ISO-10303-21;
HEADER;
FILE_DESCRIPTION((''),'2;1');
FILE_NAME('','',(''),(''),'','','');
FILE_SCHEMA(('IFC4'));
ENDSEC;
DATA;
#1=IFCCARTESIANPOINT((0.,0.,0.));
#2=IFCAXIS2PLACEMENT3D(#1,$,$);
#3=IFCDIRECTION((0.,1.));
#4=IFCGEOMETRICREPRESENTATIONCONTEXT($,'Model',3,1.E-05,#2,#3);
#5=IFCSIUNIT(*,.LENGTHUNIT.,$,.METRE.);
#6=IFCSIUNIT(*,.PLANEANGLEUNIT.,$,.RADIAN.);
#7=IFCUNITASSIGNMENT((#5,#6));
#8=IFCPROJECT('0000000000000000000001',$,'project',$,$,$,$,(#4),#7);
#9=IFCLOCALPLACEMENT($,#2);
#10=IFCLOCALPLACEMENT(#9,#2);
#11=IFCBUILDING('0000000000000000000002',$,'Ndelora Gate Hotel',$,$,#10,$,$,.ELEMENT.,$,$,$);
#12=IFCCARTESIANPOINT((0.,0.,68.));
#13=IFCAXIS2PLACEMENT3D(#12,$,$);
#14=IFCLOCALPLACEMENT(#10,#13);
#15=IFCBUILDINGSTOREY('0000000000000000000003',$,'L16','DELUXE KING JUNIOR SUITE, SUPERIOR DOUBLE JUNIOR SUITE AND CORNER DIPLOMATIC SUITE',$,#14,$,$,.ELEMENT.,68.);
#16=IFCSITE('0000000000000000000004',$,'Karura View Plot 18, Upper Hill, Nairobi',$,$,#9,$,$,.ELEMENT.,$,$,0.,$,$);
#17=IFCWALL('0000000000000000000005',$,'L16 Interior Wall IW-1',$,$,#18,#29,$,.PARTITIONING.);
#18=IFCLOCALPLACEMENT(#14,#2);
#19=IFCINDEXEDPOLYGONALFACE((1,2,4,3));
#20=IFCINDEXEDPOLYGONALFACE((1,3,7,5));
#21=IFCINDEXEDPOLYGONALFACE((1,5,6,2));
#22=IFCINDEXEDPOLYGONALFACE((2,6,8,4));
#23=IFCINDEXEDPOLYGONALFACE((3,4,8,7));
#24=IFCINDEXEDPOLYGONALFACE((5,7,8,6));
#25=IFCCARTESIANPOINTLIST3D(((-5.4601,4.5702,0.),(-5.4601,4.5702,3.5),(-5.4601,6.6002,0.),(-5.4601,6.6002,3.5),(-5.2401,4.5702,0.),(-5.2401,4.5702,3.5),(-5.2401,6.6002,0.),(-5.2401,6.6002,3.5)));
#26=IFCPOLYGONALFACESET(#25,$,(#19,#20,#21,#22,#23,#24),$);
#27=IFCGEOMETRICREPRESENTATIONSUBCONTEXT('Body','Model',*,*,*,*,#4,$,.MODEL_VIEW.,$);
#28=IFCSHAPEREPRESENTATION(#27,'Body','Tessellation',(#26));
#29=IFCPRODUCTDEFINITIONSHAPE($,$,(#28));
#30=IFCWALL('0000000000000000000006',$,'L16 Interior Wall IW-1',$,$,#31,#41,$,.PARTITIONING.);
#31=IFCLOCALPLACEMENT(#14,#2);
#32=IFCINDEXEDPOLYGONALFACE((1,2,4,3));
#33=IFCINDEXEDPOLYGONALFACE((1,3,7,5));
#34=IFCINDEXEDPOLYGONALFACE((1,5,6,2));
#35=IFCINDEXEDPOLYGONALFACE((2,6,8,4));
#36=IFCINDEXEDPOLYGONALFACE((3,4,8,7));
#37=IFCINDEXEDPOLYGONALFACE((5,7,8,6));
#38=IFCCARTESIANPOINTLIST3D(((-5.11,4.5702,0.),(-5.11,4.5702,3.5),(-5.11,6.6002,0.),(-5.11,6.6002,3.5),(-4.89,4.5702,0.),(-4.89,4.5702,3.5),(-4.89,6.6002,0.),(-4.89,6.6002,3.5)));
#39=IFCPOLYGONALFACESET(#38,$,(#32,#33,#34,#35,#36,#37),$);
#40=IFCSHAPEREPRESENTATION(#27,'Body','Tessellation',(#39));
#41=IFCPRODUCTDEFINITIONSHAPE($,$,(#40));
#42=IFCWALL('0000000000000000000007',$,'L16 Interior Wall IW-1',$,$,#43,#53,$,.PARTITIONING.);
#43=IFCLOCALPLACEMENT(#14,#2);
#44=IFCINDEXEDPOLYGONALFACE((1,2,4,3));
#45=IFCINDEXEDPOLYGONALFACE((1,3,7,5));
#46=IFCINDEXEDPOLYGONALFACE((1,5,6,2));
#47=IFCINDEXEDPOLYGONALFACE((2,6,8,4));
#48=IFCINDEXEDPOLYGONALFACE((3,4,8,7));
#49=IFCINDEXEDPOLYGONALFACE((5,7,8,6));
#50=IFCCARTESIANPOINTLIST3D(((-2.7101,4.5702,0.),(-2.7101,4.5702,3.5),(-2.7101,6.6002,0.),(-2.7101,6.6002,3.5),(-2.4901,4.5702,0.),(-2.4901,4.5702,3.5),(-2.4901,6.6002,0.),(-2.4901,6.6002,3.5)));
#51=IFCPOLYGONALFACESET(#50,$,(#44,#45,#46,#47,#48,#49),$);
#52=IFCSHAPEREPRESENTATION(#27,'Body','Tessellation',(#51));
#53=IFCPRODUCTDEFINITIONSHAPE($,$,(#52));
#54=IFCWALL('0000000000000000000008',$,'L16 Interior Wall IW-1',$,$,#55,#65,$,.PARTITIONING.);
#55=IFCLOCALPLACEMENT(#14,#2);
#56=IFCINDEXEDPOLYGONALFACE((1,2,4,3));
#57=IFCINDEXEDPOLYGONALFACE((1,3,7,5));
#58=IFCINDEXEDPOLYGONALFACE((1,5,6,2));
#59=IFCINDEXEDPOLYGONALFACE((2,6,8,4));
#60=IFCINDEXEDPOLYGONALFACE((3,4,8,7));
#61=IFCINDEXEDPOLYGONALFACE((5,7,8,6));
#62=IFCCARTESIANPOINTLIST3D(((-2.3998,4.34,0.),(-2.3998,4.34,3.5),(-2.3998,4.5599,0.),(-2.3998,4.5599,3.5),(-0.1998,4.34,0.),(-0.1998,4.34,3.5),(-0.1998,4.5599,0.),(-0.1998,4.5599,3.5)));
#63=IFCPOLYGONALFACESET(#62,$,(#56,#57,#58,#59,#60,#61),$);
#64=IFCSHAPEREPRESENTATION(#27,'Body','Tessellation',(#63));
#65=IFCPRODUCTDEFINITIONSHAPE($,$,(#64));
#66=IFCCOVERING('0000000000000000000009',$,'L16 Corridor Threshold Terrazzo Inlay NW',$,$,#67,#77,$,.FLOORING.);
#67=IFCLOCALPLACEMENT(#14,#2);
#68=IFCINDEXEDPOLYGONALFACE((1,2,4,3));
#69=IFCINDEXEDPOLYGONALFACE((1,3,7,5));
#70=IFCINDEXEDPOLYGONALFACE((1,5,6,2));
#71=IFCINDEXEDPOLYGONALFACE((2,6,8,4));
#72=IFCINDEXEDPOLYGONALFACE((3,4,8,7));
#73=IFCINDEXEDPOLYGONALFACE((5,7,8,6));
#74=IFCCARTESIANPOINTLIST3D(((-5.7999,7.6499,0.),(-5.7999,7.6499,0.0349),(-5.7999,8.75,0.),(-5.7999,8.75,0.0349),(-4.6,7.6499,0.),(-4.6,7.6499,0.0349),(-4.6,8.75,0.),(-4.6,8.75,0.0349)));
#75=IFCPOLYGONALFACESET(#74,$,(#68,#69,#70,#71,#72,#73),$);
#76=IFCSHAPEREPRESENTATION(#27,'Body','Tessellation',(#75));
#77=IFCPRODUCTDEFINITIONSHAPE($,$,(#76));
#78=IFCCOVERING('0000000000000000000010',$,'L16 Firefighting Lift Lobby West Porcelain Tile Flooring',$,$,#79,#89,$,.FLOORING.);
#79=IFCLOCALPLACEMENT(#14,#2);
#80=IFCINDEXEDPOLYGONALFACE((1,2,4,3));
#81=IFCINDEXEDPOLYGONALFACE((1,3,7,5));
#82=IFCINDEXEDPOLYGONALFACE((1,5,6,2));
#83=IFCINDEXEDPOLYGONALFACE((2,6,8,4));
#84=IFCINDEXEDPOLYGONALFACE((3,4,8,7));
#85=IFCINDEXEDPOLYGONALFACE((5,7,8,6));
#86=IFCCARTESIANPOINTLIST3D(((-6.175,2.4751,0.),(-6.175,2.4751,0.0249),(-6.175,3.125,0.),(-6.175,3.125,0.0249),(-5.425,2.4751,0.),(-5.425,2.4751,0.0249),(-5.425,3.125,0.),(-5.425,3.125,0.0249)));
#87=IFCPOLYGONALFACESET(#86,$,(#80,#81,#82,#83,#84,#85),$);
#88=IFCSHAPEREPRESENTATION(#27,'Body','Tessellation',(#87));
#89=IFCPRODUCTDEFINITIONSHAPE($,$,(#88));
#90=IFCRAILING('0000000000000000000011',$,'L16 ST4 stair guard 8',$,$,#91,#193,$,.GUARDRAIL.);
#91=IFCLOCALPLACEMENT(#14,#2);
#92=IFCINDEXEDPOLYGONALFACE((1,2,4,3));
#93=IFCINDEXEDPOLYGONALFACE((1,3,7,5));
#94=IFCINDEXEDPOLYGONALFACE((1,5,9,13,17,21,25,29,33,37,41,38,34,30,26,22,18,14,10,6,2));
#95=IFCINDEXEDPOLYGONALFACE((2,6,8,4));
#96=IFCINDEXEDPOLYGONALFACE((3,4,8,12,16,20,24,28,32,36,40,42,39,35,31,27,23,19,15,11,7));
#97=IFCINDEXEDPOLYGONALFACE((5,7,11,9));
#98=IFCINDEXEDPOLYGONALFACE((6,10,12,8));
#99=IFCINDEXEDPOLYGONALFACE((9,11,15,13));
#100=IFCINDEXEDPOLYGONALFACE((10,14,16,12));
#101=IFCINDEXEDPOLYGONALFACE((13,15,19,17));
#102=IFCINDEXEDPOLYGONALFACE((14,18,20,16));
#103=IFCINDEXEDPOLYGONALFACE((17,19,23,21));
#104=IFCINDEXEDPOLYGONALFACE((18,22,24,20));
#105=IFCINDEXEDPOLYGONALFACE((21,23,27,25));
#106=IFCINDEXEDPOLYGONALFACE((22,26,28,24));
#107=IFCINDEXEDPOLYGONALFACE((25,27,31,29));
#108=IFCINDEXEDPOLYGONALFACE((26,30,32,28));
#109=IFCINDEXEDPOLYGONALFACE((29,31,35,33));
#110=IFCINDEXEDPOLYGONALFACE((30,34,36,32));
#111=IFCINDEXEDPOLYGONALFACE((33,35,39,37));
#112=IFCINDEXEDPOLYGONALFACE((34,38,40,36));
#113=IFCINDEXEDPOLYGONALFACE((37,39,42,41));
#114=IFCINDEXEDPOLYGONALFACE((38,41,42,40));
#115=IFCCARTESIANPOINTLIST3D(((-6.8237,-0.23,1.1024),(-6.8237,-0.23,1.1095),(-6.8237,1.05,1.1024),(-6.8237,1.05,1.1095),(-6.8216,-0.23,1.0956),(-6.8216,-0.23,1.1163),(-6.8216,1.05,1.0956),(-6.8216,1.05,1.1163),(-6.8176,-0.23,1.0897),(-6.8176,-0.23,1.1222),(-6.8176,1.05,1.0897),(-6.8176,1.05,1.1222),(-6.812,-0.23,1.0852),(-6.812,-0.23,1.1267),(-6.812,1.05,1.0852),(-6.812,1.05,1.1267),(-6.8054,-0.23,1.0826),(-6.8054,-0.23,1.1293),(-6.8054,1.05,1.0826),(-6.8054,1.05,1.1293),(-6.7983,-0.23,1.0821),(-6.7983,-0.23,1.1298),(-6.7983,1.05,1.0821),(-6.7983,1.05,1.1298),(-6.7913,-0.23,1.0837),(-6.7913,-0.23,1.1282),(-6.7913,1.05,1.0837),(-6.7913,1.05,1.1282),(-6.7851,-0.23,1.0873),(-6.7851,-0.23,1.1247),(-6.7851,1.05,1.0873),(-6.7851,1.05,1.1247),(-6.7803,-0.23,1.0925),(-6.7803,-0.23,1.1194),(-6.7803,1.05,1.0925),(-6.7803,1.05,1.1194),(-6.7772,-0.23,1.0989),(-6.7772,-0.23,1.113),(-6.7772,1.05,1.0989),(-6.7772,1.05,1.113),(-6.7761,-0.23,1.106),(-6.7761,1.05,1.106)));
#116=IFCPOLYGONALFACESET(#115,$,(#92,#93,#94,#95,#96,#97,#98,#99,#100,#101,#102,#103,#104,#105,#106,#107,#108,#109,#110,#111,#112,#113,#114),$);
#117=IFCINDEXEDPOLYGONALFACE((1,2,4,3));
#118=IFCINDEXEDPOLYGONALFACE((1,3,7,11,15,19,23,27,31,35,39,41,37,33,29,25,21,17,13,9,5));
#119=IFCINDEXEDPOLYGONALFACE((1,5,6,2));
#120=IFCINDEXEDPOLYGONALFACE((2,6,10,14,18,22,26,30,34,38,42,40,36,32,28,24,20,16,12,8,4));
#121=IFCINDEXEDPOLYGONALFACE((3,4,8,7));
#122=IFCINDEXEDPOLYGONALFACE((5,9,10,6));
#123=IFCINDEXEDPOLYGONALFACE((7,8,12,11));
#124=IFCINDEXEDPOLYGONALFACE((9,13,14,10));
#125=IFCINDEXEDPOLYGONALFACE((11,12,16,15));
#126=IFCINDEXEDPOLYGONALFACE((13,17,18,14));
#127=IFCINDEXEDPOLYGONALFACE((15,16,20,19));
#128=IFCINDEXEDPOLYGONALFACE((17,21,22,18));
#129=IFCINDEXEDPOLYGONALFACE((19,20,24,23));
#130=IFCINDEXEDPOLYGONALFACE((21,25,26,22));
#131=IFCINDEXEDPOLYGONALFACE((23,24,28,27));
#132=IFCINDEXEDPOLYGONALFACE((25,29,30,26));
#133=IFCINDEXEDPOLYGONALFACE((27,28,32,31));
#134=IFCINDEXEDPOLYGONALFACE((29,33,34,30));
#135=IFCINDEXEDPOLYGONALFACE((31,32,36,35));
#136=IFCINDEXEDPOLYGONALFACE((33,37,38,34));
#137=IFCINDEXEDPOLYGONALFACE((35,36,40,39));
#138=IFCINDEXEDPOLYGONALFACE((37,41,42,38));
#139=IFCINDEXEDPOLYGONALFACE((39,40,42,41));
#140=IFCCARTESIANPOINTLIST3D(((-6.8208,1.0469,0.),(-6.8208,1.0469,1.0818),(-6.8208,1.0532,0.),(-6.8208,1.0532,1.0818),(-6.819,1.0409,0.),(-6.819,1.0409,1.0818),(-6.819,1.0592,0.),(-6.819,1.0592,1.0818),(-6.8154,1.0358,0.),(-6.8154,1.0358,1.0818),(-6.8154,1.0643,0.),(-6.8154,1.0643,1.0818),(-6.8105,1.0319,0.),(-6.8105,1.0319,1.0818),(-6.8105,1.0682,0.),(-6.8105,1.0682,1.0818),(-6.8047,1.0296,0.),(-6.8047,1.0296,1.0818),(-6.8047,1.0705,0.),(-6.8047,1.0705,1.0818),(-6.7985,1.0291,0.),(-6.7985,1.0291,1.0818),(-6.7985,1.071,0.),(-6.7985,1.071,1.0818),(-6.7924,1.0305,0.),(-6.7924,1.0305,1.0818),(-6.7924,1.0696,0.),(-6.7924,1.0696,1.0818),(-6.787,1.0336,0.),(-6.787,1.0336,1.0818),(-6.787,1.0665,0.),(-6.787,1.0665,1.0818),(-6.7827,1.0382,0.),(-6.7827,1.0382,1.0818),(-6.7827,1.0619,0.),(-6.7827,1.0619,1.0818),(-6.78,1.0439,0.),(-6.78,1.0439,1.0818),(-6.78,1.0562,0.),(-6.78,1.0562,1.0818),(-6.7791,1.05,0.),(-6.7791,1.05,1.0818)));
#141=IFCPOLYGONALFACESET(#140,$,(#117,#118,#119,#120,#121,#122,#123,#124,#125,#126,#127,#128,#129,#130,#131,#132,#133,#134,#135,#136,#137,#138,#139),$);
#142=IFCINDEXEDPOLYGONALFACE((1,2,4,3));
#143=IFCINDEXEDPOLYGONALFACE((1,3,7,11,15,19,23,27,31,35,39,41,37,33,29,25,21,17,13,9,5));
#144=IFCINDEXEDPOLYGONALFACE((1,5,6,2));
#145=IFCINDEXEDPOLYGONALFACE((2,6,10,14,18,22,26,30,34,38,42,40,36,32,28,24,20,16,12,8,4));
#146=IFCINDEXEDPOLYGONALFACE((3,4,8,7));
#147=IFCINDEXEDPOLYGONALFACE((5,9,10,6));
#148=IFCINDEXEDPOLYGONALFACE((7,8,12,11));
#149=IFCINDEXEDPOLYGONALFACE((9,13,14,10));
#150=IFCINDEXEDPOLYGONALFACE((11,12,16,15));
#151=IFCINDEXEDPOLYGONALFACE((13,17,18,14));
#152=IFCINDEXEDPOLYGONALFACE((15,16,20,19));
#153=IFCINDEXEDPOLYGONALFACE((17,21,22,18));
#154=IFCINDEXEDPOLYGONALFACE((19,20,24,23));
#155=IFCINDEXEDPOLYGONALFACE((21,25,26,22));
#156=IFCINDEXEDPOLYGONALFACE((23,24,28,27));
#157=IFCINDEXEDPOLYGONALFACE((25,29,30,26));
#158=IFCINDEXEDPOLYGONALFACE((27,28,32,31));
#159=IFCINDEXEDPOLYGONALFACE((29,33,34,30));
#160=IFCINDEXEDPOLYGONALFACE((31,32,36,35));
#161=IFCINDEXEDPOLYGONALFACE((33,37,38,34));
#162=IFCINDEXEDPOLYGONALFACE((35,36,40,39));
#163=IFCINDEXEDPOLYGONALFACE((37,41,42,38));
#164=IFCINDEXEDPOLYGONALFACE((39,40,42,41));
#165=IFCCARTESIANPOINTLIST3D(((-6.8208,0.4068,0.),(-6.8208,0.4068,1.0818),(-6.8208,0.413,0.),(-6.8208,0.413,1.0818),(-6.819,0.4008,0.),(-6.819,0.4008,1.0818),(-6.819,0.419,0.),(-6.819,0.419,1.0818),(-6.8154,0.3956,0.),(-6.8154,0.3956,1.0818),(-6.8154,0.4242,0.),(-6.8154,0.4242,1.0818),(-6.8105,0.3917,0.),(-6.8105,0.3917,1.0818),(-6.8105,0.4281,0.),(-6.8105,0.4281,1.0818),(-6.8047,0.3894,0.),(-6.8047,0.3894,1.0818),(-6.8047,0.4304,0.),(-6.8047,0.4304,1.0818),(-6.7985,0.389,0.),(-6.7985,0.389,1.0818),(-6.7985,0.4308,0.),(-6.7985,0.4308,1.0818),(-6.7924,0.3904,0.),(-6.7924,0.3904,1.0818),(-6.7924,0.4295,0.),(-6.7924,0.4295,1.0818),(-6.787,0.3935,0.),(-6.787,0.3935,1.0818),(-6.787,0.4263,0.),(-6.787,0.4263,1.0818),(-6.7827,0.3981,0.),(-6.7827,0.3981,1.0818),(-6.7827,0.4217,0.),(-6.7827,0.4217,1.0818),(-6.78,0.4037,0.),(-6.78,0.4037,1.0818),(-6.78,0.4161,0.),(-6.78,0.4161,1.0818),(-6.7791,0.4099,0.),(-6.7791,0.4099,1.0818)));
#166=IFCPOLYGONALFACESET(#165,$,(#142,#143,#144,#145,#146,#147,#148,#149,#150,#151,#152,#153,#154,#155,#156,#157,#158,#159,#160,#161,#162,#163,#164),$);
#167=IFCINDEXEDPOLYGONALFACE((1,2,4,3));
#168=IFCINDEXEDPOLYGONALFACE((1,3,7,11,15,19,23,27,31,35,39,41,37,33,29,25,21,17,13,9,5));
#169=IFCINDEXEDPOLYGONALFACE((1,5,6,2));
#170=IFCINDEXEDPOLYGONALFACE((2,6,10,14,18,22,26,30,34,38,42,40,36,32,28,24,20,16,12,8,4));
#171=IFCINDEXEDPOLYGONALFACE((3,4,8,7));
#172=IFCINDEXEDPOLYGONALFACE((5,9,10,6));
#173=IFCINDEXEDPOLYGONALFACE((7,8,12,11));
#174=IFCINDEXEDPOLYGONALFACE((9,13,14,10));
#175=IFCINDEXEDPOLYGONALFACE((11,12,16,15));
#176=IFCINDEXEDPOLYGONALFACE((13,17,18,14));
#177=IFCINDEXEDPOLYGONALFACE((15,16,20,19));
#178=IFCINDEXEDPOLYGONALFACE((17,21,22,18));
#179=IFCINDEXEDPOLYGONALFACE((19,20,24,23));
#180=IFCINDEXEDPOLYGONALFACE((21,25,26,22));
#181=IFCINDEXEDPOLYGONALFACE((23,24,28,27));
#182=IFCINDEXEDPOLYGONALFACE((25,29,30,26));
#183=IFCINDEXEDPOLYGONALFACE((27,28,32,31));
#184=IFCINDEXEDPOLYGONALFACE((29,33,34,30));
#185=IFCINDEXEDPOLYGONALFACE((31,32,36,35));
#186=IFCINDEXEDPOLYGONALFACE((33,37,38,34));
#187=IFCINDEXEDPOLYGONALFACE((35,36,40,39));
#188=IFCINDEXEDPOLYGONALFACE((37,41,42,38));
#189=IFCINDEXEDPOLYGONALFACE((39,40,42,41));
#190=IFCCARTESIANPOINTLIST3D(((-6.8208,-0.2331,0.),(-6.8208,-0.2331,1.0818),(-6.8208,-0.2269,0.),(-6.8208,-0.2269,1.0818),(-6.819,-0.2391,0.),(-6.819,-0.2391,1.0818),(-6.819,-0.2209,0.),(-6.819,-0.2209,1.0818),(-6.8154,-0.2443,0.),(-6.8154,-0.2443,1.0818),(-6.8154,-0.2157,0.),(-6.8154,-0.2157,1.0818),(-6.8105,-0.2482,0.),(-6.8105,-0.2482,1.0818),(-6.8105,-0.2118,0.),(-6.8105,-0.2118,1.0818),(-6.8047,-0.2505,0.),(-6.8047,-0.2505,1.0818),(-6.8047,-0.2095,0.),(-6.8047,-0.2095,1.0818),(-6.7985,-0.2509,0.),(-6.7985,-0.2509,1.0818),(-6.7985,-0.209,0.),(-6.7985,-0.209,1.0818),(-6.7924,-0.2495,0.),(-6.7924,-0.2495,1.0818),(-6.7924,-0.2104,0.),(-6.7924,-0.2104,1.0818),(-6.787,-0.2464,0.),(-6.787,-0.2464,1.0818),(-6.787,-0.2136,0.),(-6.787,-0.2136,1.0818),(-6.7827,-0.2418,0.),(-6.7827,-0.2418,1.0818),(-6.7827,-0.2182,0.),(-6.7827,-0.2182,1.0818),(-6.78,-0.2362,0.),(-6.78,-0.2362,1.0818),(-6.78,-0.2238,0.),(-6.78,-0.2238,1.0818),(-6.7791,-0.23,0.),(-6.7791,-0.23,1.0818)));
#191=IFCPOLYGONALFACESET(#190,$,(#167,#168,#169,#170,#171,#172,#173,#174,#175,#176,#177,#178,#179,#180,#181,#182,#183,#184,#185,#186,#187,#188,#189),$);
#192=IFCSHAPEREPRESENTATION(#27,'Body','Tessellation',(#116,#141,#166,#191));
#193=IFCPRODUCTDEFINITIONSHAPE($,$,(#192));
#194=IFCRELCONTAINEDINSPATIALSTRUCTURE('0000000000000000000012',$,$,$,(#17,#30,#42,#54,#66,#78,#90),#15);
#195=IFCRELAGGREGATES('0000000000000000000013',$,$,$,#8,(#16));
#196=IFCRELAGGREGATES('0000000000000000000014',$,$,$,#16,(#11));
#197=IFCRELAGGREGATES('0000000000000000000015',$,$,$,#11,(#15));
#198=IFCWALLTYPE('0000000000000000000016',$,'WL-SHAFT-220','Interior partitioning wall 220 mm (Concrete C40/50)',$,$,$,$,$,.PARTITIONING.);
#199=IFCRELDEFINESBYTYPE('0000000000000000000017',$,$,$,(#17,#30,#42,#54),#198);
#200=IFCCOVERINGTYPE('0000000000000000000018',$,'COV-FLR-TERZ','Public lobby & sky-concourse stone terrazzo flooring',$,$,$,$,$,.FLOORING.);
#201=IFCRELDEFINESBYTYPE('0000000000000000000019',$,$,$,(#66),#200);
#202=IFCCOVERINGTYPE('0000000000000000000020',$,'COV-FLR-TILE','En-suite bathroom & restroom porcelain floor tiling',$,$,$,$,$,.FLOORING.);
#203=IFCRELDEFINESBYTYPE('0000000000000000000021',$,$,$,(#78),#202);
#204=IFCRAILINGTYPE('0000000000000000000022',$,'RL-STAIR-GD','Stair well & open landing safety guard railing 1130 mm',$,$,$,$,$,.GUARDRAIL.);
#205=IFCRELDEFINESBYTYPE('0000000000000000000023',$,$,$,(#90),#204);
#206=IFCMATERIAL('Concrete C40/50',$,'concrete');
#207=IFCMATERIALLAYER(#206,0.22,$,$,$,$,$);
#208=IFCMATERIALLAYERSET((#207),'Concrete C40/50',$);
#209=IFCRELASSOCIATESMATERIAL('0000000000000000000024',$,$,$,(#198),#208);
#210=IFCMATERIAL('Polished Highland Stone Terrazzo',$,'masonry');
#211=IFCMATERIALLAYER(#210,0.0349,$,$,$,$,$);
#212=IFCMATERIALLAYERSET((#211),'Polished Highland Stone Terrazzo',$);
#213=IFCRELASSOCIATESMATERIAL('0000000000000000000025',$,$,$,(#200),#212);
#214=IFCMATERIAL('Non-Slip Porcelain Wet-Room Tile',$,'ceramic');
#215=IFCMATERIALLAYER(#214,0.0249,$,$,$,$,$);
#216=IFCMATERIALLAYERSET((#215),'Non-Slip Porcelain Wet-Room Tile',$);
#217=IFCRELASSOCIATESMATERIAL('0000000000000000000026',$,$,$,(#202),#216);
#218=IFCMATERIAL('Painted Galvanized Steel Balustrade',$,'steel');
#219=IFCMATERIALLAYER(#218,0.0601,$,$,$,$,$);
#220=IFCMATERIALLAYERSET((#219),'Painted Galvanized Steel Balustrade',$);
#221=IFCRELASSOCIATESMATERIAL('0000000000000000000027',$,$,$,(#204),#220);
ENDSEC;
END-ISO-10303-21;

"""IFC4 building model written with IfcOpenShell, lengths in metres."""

from ifc_helpers import new_model, si_unit, direction, frame, frame_2d, origin, origin_2d, place, context, subcontext, project, spatial, rectangle, circle, extrude, material, layer, layer_set, type_object, element, save


model = new_model("IFC4")

# Units and contexts
model_context = context("Model", 3, precision=1e-05, world=origin(), true_north=direction((0.0, 1.0)))
body_context = subcontext(model_context, "Body", "Model", "MODEL_VIEW")
ifc_project = project(units=[si_unit("LENGTHUNIT", "METRE"), si_unit("PLANEANGLEUNIT", "RADIAN")], contexts=[model_context])

# Site, building, storey
site_placement = place(None, origin())
site = spatial("IfcSite", under=ifc_project, at=site_placement, Name="Karura View Plot 18, Upper Hill, Nairobi", CompositionType="ELEMENT", RefElevation=0.0)
building_placement = place(site_placement, origin())
building = spatial("IfcBuilding", under=site, at=building_placement, Name="Ndelora Gate Hotel", CompositionType="ELEMENT")
storey_placement = place(building_placement, frame((0.0, 0.0, 68.0)))
storey = spatial("IfcBuildingStorey", under=building, at=storey_placement, Name="L16", Description="DELUXE KING JUNIOR SUITE, SUPERIOR DOUBLE JUNIOR SUITE AND CORNER DIPLOMATIC SUITE", CompositionType="ELEMENT", Elevation=68.0)

# Shared definitions
ifc_material_1 = material(Name="Concrete C40/50", Category="concrete")

# Wall
ifc_layer_1 = layer(ifc_material_1, 0.22)
ifc_layer_set_1 = layer_set([ifc_layer_1], Name="Concrete C40/50")
wall_type_1 = type_object("IfcWallType", Name="WL-SHAFT-220", Description="Interior partitioning wall 220 mm (Concrete C40/50)", PredefinedType="PARTITIONING", material=ifc_layer_set_1)
wall_1_placement = place(storey_placement, frame((-5.3501, 4.5701, 0.0), z_axis=(0.0, 0.0, 1.0), x_axis=(0.0, 1.0, 0.0)))
element("IfcWall", 1, at=wall_1_placement, inside=storey, type_object=wall_type_1, Name="L16 Interior Wall IW-1", PredefinedType="PARTITIONING", context=body_context, shape_type="SweptSolid", body=[
    extrude(rectangle(XDim=2.03, YDim=0.22, at=frame_2d((1.0151, 0.0))), origin(), (0.0, 0.0, 1.0), 3.5),
])

# Walls
for number, where, z_axis, x_axis, name in (
    (2, (-5.0, 4.5701, 0.0), (0.0, 0.0, 1.0), (0.0, 1.0, 0.0), "L16 Interior Wall IW-1"),
    (3, (-2.6001, 4.5701, 0.0), (0.0, 0.0, 1.0), (0.0, 1.0, 0.0), "L16 Interior Wall IW-1"),
):
    element("IfcWall", number, at=place(storey_placement, frame(where, z_axis=z_axis, x_axis=x_axis)), inside=storey, type_object=wall_type_1, Name=name, PredefinedType="PARTITIONING", context=body_context, shape_type="SweptSolid", body=[
        extrude(rectangle(XDim=2.03, YDim=0.22, at=frame_2d((1.0151, 0.0))), origin(), (0.0, 0.0, 1.0), 3.5),
    ])
wall_2_placement = place(storey_placement, frame((-2.3999, 4.45, 0.0), z_axis=(0.0, 0.0, 1.0), x_axis=(1.0, 0.0, 0.0)))
element("IfcWall", 4, at=wall_2_placement, inside=storey, type_object=wall_type_1, Name="L16 Interior Wall IW-1", PredefinedType="PARTITIONING", context=body_context, shape_type="SweptSolid", body=[
    extrude(rectangle(XDim=2.2, YDim=0.22, at=frame_2d((1.1001, 0.0))), origin(), (0.0, 0.0, 1.0), 3.5),
])

# Coverings
ifc_material_2 = material(Name="Polished Highland Stone Terrazzo", Category="masonry")
ifc_layer_2 = layer(ifc_material_2, 0.0349)
ifc_layer_set_2 = layer_set([ifc_layer_2], Name="Polished Highland Stone Terrazzo")
covering_type_1 = type_object("IfcCoveringType", Name="COV-FLR-TERZ", Description="Public lobby & sky-concourse stone terrazzo flooring", PredefinedType="FLOORING", material=ifc_layer_set_2)
covering_1_placement = place(storey_placement, frame((-5.2, 8.2, 0.0), z_axis=(0.0, 0.0, 1.0), x_axis=(1.0, 0.0, 0.0)))
element("IfcCovering", 5, at=covering_1_placement, inside=storey, type_object=covering_type_1, Name="L16 Corridor Threshold Terrazzo Inlay NW", PredefinedType="FLOORING", context=body_context, shape_type="SweptSolid", body=[
    extrude(rectangle(XDim=1.2, YDim=1.1001, at=origin_2d()), origin(), (0.0, 0.0, 1.0), 0.0349),
])
ifc_material_3 = material(Name="Non-Slip Porcelain Wet-Room Tile", Category="ceramic")
ifc_layer_3 = layer(ifc_material_3, 0.0249)
ifc_layer_set_3 = layer_set([ifc_layer_3], Name="Non-Slip Porcelain Wet-Room Tile")
covering_type_2 = type_object("IfcCoveringType", Name="COV-FLR-TILE", Description="En-suite bathroom & restroom porcelain floor tiling", PredefinedType="FLOORING", material=ifc_layer_set_3)
covering_2_placement = place(storey_placement, frame((-5.8, 2.8, 0.0), z_axis=(0.0, 0.0, 1.0), x_axis=(1.0, 0.0, 0.0)))
element("IfcCovering", 6, at=covering_2_placement, inside=storey, type_object=covering_type_2, Name="L16 Firefighting Lift Lobby West Porcelain Tile Flooring", PredefinedType="FLOORING", context=body_context, shape_type="SweptSolid", body=[
    extrude(rectangle(XDim=0.75, YDim=0.6499, at=origin_2d()), origin(), (0.0, 0.0, 1.0), 0.0249),
])

# Railing
ifc_material_4 = material(Name="Painted Galvanized Steel Balustrade", Category="steel")
ifc_layer_4 = layer(ifc_material_4, 0.0601)
ifc_layer_set_4 = layer_set([ifc_layer_4], Name="Painted Galvanized Steel Balustrade")
railing_type = type_object("IfcRailingType", Name="RL-STAIR-GD", Description="Stair well & open landing safety guard railing 1130 mm", PredefinedType="GUARDRAIL", material=ifc_layer_set_4)
for number, where, name in (
    (7, (-6.8, 1.05, 0.0), "L16 ST4 stair guard 8"),
):
    element("IfcRailing", number, at=place(storey_placement, frame(where)), inside=storey, type_object=railing_type, Name=name, PredefinedType="GUARDRAIL", context=body_context, shape_type="SweptSolid", body=[
        extrude(circle(Radius=0.0239, at=origin_2d()), frame((0.0, 0.0, 1.106), z_axis=(0.0, -1.0, 0.0), x_axis=(1.0, 0.0, 0.0)), (0.0, 0.0, 1.0), 1.28),
        extrude(circle(Radius=0.021, at=origin_2d()), origin(), (0.0, 0.0, 1.0), 1.0818),
        extrude(circle(Radius=0.021, at=origin_2d()), frame((0.0, -0.6401, 0.0)), (0.0, 0.0, 1.0), 1.0818),
        extrude(circle(Radius=0.021, at=origin_2d()), frame((0.0, -1.28, 0.0)), (0.0, 0.0, 1.0), 1.0818),
    ])

save(model, "model.ifc")
